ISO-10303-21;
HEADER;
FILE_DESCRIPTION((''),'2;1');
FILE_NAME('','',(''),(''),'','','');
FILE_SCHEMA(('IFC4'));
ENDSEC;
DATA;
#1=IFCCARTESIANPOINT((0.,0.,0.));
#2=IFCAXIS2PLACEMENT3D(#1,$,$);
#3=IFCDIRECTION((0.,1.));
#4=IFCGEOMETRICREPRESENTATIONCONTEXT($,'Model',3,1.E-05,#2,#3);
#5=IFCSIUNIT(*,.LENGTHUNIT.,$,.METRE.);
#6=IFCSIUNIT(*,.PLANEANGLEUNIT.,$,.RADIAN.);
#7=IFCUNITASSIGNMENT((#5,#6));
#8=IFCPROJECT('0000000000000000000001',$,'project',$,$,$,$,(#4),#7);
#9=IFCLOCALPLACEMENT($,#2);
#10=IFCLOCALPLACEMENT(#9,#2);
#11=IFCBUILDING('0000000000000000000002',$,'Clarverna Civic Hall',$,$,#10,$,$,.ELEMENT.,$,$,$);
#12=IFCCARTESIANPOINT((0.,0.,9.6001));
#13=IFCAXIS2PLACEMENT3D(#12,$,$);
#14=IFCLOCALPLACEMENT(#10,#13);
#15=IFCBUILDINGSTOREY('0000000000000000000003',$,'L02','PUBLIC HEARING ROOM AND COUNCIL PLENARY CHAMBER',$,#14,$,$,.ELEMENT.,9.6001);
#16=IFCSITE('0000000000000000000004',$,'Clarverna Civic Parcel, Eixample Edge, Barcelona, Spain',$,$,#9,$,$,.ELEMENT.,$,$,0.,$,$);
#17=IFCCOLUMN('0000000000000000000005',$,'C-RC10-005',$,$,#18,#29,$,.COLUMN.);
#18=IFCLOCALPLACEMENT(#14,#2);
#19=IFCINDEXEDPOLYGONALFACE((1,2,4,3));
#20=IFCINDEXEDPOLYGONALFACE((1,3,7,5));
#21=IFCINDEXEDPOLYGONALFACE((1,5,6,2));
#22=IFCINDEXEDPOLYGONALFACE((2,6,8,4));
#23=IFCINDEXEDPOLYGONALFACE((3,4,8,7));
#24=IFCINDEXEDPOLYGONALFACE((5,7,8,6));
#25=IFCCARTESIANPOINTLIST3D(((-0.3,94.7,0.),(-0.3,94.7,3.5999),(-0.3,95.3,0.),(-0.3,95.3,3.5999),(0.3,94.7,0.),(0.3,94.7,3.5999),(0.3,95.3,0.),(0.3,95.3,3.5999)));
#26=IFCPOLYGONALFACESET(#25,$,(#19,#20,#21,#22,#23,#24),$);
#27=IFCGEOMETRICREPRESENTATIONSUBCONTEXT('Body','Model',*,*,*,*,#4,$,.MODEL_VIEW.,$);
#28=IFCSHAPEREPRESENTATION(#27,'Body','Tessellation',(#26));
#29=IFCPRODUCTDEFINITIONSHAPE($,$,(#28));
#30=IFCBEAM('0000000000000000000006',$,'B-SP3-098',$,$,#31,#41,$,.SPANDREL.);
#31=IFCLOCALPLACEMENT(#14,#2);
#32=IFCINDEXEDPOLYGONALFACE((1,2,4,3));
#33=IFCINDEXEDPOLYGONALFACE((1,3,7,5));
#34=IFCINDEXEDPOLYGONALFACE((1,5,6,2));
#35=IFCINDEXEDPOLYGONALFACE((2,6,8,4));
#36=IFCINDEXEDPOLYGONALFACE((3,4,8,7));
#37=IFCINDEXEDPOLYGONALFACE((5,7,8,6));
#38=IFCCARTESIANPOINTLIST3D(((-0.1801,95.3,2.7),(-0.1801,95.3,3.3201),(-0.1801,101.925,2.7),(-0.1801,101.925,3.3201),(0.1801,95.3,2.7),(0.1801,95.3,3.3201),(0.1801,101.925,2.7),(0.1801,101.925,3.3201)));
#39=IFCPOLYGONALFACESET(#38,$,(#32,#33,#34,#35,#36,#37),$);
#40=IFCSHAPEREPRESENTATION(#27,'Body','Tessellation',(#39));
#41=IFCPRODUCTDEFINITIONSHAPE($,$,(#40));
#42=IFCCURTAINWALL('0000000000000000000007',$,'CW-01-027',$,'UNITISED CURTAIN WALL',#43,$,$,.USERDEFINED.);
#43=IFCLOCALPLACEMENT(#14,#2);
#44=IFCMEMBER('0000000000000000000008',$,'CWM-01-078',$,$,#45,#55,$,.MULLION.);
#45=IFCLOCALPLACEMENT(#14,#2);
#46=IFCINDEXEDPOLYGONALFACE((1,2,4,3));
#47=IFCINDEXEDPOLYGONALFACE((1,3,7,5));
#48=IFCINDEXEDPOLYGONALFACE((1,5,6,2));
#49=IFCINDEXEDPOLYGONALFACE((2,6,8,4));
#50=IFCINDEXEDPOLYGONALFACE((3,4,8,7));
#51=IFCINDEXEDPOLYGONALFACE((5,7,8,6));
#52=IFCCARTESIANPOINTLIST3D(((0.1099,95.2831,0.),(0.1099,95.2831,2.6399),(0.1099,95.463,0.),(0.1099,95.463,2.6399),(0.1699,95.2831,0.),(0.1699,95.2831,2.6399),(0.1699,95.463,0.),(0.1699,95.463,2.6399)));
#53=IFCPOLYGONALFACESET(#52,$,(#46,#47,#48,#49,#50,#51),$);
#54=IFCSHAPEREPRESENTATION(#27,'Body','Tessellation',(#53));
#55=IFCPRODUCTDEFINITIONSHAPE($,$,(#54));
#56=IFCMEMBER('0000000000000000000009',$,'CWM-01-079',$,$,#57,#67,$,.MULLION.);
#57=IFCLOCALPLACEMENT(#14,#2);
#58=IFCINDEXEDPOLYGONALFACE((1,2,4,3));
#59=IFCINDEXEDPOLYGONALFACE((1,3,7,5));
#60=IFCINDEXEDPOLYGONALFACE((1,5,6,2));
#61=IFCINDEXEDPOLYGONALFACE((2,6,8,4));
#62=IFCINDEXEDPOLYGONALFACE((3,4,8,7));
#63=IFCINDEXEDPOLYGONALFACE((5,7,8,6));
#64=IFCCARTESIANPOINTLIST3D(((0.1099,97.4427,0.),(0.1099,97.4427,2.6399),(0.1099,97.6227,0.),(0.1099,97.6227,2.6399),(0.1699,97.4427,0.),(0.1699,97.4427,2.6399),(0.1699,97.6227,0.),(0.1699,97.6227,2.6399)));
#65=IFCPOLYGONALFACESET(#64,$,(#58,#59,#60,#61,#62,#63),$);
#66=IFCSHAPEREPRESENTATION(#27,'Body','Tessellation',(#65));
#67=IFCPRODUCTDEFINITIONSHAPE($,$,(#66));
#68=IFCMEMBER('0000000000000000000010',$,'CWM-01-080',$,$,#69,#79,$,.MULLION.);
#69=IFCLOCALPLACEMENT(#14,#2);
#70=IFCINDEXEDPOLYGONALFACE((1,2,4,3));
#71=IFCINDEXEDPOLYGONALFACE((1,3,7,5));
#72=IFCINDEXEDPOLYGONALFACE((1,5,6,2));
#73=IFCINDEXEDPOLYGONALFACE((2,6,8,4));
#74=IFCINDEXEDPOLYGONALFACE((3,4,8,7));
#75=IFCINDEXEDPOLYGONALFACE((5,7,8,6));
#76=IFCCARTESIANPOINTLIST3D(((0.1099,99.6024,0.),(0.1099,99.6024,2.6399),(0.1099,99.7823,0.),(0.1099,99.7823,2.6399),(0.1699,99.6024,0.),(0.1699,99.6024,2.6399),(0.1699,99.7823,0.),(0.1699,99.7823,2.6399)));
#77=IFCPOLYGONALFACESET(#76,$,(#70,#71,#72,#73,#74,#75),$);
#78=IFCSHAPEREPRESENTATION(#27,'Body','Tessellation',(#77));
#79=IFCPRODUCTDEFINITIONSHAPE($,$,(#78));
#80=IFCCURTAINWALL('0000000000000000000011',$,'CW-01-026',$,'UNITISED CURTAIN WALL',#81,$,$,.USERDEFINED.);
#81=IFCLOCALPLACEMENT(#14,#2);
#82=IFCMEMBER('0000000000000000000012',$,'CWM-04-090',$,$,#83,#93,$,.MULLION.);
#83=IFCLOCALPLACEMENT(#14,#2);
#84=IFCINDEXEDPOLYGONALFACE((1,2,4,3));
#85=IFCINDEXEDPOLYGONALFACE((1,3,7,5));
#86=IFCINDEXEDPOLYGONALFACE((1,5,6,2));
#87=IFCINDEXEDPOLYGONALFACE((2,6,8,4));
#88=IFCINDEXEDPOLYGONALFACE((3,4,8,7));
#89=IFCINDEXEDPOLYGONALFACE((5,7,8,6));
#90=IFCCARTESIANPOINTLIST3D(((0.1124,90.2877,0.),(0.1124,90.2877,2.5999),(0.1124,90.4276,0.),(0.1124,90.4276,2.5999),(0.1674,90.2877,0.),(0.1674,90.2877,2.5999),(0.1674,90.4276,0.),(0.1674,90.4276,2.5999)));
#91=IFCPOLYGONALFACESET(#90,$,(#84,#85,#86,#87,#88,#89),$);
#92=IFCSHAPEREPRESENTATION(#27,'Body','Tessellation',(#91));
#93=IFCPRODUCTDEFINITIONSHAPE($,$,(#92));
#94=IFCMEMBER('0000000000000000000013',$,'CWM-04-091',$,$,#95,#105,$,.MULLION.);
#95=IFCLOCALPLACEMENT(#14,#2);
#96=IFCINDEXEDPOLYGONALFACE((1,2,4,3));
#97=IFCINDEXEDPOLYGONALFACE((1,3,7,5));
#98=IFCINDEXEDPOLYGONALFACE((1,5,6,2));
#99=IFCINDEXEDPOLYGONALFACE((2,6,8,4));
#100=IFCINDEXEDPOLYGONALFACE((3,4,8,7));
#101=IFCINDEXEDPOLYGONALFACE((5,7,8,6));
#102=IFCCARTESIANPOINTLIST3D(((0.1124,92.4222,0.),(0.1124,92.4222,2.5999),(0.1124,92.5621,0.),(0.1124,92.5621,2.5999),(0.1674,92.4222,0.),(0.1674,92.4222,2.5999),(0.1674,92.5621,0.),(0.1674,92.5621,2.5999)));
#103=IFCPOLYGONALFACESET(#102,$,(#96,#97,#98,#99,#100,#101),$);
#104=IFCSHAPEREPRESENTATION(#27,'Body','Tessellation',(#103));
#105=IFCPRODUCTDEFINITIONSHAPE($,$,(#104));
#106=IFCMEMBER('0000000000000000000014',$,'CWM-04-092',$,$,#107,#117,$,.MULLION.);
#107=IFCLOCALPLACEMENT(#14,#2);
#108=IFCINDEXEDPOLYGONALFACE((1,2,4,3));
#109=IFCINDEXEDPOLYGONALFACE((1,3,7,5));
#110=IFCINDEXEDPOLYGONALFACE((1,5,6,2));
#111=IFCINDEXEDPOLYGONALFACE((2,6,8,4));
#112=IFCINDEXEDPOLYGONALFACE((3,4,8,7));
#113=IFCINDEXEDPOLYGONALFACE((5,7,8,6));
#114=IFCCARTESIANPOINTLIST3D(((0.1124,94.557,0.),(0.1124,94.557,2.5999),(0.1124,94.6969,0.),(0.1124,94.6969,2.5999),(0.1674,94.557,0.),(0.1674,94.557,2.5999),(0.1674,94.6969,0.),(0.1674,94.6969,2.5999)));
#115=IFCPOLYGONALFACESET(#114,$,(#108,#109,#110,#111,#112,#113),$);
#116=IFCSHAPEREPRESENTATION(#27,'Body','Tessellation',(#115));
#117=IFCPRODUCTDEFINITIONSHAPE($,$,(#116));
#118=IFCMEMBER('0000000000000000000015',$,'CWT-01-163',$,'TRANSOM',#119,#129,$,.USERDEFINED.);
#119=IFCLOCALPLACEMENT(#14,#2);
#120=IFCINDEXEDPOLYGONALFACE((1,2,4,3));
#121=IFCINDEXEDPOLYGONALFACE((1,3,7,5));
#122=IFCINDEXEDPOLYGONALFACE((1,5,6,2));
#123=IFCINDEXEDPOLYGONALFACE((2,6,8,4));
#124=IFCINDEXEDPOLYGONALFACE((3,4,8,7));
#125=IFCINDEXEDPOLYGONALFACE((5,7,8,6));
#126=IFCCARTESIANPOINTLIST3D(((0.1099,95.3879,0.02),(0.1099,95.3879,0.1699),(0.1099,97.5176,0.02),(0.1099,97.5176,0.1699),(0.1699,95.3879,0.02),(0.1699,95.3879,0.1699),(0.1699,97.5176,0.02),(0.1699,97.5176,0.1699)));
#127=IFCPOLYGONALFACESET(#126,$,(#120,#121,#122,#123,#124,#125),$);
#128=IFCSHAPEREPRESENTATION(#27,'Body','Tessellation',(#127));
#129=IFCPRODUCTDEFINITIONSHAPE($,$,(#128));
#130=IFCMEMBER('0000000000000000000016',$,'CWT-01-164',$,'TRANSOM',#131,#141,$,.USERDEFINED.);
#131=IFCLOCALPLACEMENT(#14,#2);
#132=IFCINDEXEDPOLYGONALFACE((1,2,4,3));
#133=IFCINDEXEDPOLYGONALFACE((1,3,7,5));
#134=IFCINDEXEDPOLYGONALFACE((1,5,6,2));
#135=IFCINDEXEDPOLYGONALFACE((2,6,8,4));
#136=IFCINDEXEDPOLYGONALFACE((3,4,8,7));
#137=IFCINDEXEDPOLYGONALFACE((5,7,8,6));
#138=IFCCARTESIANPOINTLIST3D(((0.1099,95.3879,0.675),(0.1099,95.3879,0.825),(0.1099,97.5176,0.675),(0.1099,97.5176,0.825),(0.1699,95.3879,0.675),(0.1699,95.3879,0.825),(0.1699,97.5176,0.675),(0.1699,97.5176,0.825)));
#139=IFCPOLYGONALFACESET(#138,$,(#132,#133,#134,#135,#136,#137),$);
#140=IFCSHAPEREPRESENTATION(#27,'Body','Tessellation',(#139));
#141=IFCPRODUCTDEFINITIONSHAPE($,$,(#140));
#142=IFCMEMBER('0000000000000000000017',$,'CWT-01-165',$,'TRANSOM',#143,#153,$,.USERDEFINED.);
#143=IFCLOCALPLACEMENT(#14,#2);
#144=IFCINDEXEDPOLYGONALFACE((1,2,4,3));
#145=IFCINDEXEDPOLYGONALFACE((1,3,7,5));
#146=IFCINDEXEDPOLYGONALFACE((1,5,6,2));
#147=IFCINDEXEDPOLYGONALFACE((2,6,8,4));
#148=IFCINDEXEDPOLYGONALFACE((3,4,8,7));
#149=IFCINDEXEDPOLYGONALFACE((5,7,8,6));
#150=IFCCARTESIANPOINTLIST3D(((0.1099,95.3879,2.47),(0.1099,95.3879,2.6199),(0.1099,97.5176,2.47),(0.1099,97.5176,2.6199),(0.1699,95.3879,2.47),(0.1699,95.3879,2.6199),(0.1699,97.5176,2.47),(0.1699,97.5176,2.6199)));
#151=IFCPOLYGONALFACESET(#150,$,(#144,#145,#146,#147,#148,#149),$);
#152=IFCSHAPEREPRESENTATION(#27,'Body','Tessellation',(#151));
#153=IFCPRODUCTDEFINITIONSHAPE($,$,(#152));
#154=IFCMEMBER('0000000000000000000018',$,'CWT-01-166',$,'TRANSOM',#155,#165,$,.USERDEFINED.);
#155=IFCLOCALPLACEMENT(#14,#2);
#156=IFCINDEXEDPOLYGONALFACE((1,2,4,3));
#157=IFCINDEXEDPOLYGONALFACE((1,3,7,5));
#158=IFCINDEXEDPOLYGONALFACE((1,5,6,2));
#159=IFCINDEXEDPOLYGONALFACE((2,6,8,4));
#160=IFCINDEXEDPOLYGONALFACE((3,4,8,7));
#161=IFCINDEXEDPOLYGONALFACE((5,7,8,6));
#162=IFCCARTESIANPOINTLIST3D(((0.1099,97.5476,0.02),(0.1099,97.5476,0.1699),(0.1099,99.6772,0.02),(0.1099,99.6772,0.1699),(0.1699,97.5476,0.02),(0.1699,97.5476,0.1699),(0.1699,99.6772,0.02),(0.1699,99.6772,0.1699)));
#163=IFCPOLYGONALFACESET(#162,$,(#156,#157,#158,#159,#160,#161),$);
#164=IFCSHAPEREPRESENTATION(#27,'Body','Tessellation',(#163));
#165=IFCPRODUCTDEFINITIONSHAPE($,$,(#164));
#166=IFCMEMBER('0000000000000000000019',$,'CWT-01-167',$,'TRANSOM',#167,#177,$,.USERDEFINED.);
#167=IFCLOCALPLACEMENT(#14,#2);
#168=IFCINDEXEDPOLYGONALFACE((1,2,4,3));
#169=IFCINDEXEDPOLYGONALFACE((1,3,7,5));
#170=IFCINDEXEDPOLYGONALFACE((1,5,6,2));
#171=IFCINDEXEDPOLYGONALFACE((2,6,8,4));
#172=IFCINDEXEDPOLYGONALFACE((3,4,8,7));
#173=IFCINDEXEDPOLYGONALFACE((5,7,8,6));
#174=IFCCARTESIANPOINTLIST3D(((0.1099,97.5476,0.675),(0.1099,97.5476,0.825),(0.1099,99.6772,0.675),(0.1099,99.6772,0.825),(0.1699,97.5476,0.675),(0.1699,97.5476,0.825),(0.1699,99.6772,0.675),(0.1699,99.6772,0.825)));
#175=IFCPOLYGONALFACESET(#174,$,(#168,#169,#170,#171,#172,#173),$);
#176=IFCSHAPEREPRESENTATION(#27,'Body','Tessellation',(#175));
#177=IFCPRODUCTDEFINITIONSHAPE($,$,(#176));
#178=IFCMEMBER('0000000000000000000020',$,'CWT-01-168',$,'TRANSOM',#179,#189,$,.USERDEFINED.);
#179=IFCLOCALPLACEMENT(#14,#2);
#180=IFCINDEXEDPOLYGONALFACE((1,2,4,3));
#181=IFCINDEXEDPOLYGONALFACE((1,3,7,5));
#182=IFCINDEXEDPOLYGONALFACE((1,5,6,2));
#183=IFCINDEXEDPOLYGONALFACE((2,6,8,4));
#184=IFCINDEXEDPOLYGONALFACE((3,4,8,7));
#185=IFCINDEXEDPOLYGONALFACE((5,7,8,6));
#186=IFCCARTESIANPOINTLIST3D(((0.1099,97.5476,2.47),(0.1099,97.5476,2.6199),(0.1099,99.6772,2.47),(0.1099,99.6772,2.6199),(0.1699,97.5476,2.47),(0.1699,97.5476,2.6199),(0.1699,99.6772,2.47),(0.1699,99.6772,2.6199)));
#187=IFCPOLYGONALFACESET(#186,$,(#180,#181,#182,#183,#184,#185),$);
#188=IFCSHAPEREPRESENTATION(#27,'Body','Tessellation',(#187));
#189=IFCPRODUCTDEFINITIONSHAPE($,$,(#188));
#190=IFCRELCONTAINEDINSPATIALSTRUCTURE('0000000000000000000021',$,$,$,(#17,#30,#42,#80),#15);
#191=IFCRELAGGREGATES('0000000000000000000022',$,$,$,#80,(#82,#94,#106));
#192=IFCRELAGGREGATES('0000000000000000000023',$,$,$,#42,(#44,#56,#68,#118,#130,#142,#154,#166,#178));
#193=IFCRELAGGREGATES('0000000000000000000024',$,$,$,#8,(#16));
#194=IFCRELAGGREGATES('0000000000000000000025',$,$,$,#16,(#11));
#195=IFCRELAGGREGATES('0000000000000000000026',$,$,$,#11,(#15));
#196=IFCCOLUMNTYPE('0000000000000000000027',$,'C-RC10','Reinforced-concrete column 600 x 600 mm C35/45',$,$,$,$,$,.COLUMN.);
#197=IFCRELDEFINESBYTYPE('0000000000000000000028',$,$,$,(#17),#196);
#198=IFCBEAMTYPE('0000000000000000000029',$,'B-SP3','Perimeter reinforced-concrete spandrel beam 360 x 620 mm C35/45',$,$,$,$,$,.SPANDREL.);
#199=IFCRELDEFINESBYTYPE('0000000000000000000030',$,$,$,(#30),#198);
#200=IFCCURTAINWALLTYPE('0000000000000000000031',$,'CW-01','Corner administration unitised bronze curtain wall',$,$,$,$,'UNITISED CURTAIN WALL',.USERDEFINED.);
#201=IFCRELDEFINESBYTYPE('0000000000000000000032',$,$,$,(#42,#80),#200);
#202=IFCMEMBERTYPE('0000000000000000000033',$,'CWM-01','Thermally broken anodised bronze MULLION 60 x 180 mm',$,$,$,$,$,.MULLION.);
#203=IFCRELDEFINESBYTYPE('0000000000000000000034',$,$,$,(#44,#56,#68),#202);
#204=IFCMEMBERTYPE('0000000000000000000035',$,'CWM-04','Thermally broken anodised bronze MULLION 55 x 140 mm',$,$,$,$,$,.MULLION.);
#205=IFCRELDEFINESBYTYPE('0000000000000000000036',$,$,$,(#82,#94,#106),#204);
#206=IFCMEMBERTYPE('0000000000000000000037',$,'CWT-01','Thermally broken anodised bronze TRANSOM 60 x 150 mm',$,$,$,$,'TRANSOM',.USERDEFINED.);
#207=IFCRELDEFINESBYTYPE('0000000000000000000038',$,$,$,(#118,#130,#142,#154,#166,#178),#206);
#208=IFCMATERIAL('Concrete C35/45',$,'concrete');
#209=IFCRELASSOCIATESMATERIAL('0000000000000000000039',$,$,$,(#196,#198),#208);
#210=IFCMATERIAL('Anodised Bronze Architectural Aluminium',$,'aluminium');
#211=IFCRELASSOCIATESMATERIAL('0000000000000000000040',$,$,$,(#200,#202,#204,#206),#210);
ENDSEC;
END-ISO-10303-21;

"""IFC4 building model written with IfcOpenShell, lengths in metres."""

from ifc_helpers import new_model, si_unit, direction, frame, origin, origin_2d, place, context, subcontext, project, spatial, rectangle, extrude, material, material_profile, profile_set, type_object, element, aggregate, save


model = new_model("IFC4")

# Units and contexts
model_context = context("Model", 3, precision=1e-05, world=origin(), true_north=direction((0.0, 1.0)))
body_context = subcontext(model_context, "Body", "Model", "MODEL_VIEW")
ifc_project = project(units=[si_unit("LENGTHUNIT", "METRE"), si_unit("PLANEANGLEUNIT", "RADIAN")], contexts=[model_context])

# Site, building, storey
site_placement = place(None, origin())
site = spatial("IfcSite", under=ifc_project, at=site_placement, Name="Clarverna Civic Parcel, Eixample Edge, Barcelona, Spain", CompositionType="ELEMENT", RefElevation=0.0)
building_placement = place(site_placement, origin())
building = spatial("IfcBuilding", under=site, at=building_placement, Name="Clarverna Civic Hall", CompositionType="ELEMENT")
storey_placement = place(building_placement, frame((0.0, 0.0, 9.6001)))
storey = spatial("IfcBuildingStorey", under=building, at=storey_placement, Name="L02", Description="PUBLIC HEARING ROOM AND COUNCIL PLENARY CHAMBER", CompositionType="ELEMENT", Elevation=9.6001)

# Column
ifc_material_1 = material(Name="Concrete C35/45", Category="concrete")
ifc_material_profile_1 = material_profile(ifc_material_1, rectangle(XDim=0.6001, YDim=0.6001, at=origin_2d()), Name="RC 600x600")
ifc_profile_set_1 = profile_set([ifc_material_profile_1], Name="Concrete C35/45")
column_type = type_object("IfcColumnType", Name="C-RC10", Description="Reinforced-concrete column 600 x 600 mm C35/45", PredefinedType="COLUMN", material=ifc_profile_set_1)
column_placement = place(storey_placement, frame((0.0, 95.0, 0.0), z_axis=(0.0, 0.0, 1.0), x_axis=(1.0, 0.0, 0.0)))
element("IfcColumn", 1, at=column_placement, inside=storey, type_object=column_type, Name="C-RC10-005", PredefinedType="COLUMN", context=body_context, shape_type="SweptSolid", body=[
    extrude(rectangle(XDim=0.6001, YDim=0.6001, at=origin_2d()), origin(), (0.0, 0.0, 1.0), 3.5999),
])

# Beam
ifc_material_profile_2 = material_profile(ifc_material_1, rectangle(XDim=0.3601, YDim=0.6201, at=origin_2d()), Name="RC 360x620")
ifc_profile_set_2 = profile_set([ifc_material_profile_2], Name="Concrete C35/45")
beam_type = type_object("IfcBeamType", Name="B-SP3", Description="Perimeter reinforced-concrete spandrel beam 360 x 620 mm C35/45", PredefinedType="SPANDREL", material=ifc_profile_set_2)
beam_placement = place(storey_placement, frame((0.0, 95.3, 3.01), z_axis=(0.0, 1.0, 0.0), x_axis=(-1.0, 0.0, 0.0)))
element("IfcBeam", 2, at=beam_placement, inside=storey, type_object=beam_type, Name="B-SP3-098", PredefinedType="SPANDREL", context=body_context, shape_type="SweptSolid", body=[
    extrude(rectangle(XDim=0.3601, YDim=0.6201, at=origin_2d()), origin(), (0.0, 0.0, 1.0), 6.625),
])

# Curtain walls, members
ifc_material_2 = material(Name="Anodised Bronze Architectural Aluminium", Category="aluminium")
curtain_wall_type = type_object("IfcCurtainWallType", Name="CW-01", Description="Corner administration unitised bronze curtain wall", ElementType="UNITISED CURTAIN WALL", PredefinedType="USERDEFINED", material=ifc_material_2)
curtain_wall_1_placement = place(storey_placement, origin())
curtain_wall_1 = element("IfcCurtainWall", 3, at=curtain_wall_1_placement, inside=storey, type_object=curtain_wall_type, Name="CW-01-027", ObjectType="UNITISED CURTAIN WALL", PredefinedType="USERDEFINED")
ifc_material_profile_3 = material_profile(ifc_material_2, rectangle(XDim=0.0601, YDim=0.1799, at=origin_2d()), Name="BRONZE 60x180")
ifc_profile_set_3 = profile_set([ifc_material_profile_3], Name="Anodised Bronze Architectural Aluminium")
member_type_1 = type_object("IfcMemberType", Name="CWM-01", Description="Thermally broken anodised bronze MULLION 60 x 180 mm", PredefinedType="MULLION", material=ifc_profile_set_3)
member_1_placement = place(storey_placement, frame((0.1399, 95.373, 0.0), z_axis=(0.0, 0.0, 1.0), x_axis=(1.0, 0.0, 0.0)))
member_1 = element("IfcMember", 4, at=member_1_placement, type_object=member_type_1, Name="CWM-01-078", PredefinedType="MULLION", context=body_context, shape_type="SweptSolid", body=[
    extrude(rectangle(XDim=0.0601, YDim=0.1799, at=origin_2d()), origin(), (0.0, 0.0, 1.0), 2.6399),
])
member_2_placement = place(storey_placement, frame((0.1399, 97.5327, 0.0), z_axis=(0.0, 0.0, 1.0), x_axis=(1.0, 0.0, 0.0)))
member_2 = element("IfcMember", 5, at=member_2_placement, type_object=member_type_1, Name="CWM-01-079", PredefinedType="MULLION", context=body_context, shape_type="SweptSolid", body=[
    extrude(rectangle(XDim=0.0601, YDim=0.1799, at=origin_2d()), origin(), (0.0, 0.0, 1.0), 2.6399),
])
member_3_placement = place(storey_placement, frame((0.1399, 99.6924, 0.0), z_axis=(0.0, 0.0, 1.0), x_axis=(1.0, 0.0, 0.0)))
member_3 = element("IfcMember", 6, at=member_3_placement, type_object=member_type_1, Name="CWM-01-080", PredefinedType="MULLION", context=body_context, shape_type="SweptSolid", body=[
    extrude(rectangle(XDim=0.0601, YDim=0.1799, at=origin_2d()), origin(), (0.0, 0.0, 1.0), 2.6399),
])
curtain_wall_2_placement = place(storey_placement, origin())
curtain_wall_2 = element("IfcCurtainWall", 7, at=curtain_wall_2_placement, inside=storey, type_object=curtain_wall_type, Name="CW-01-026", ObjectType="UNITISED CURTAIN WALL", PredefinedType="USERDEFINED")
ifc_material_profile_4 = material_profile(ifc_material_2, rectangle(XDim=0.0549, YDim=0.1399, at=origin_2d()), Name="BRONZE 55x140")
ifc_profile_set_4 = profile_set([ifc_material_profile_4], Name="Anodised Bronze Architectural Aluminium")
member_type_2 = type_object("IfcMemberType", Name="CWM-04", Description="Thermally broken anodised bronze MULLION 55 x 140 mm", PredefinedType="MULLION", material=ifc_profile_set_4)
member_4_placement = place(storey_placement, frame((0.1399, 90.3577, 0.0), z_axis=(0.0, 0.0, 1.0), x_axis=(1.0, 0.0, 0.0)))
member_4 = element("IfcMember", 8, at=member_4_placement, type_object=member_type_2, Name="CWM-04-090", PredefinedType="MULLION", context=body_context, shape_type="SweptSolid", body=[
    extrude(rectangle(XDim=0.0549, YDim=0.1399, at=origin_2d()), origin(), (0.0, 0.0, 1.0), 2.5999),
])
member_5_placement = place(storey_placement, frame((0.1399, 92.4922, 0.0), z_axis=(0.0, 0.0, 1.0), x_axis=(1.0, 0.0, 0.0)))
member_5 = element("IfcMember", 9, at=member_5_placement, type_object=member_type_2, Name="CWM-04-091", PredefinedType="MULLION", context=body_context, shape_type="SweptSolid", body=[
    extrude(rectangle(XDim=0.0549, YDim=0.1399, at=origin_2d()), origin(), (0.0, 0.0, 1.0), 2.5999),
])
member_6_placement = place(storey_placement, frame((0.1399, 94.627, 0.0), z_axis=(0.0, 0.0, 1.0), x_axis=(1.0, 0.0, 0.0)))
member_6 = element("IfcMember", 10, at=member_6_placement, type_object=member_type_2, Name="CWM-04-092", PredefinedType="MULLION", context=body_context, shape_type="SweptSolid", body=[
    extrude(rectangle(XDim=0.0549, YDim=0.1399, at=origin_2d()), origin(), (0.0, 0.0, 1.0), 2.5999),
])

# Members
ifc_material_profile_5 = material_profile(ifc_material_2, rectangle(XDim=0.0601, YDim=0.1499, at=origin_2d()), Name="BRONZE 60x150")
ifc_profile_set_5 = profile_set([ifc_material_profile_5], Name="Anodised Bronze Architectural Aluminium")
member_type_3 = type_object("IfcMemberType", Name="CWT-01", Description="Thermally broken anodised bronze TRANSOM 60 x 150 mm", ElementType="TRANSOM", PredefinedType="USERDEFINED", material=ifc_profile_set_5)
member_7_placement = place(storey_placement, frame((0.1399, 95.3879, 0.095), z_axis=(0.0, 1.0, 0.0), x_axis=(-1.0, 0.0, 0.0)))
member_7 = element("IfcMember", 11, at=member_7_placement, type_object=member_type_3, Name="CWT-01-163", ObjectType="TRANSOM", PredefinedType="USERDEFINED", context=body_context, shape_type="SweptSolid", body=[
    extrude(rectangle(XDim=0.0601, YDim=0.1499, at=origin_2d()), origin(), (0.0, 0.0, 1.0), 2.1296),
])
member_8_placement = place(storey_placement, frame((0.1399, 95.3879, 0.75), z_axis=(0.0, 1.0, 0.0), x_axis=(-1.0, 0.0, 0.0)))
member_8 = element("IfcMember", 12, at=member_8_placement, type_object=member_type_3, Name="CWT-01-164", ObjectType="TRANSOM", PredefinedType="USERDEFINED", context=body_context, shape_type="SweptSolid", body=[
    extrude(rectangle(XDim=0.0601, YDim=0.1499, at=origin_2d()), origin(), (0.0, 0.0, 1.0), 2.1296),
])
member_9_placement = place(storey_placement, frame((0.1399, 95.3879, 2.5449), z_axis=(0.0, 1.0, 0.0), x_axis=(-1.0, 0.0, 0.0)))
member_9 = element("IfcMember", 13, at=member_9_placement, type_object=member_type_3, Name="CWT-01-165", ObjectType="TRANSOM", PredefinedType="USERDEFINED", context=body_context, shape_type="SweptSolid", body=[
    extrude(rectangle(XDim=0.0601, YDim=0.1499, at=origin_2d()), origin(), (0.0, 0.0, 1.0), 2.1296),
])
member_10_placement = place(storey_placement, frame((0.1399, 97.5476, 0.095), z_axis=(0.0, 1.0, 0.0), x_axis=(-1.0, 0.0, 0.0)))
member_10 = element("IfcMember", 14, at=member_10_placement, type_object=member_type_3, Name="CWT-01-166", ObjectType="TRANSOM", PredefinedType="USERDEFINED", context=body_context, shape_type="SweptSolid", body=[
    extrude(rectangle(XDim=0.0601, YDim=0.1499, at=origin_2d()), origin(), (0.0, 0.0, 1.0), 2.1296),
])
member_11_placement = place(storey_placement, frame((0.1399, 97.5476, 0.75), z_axis=(0.0, 1.0, 0.0), x_axis=(-1.0, 0.0, 0.0)))
member_11 = element("IfcMember", 15, at=member_11_placement, type_object=member_type_3, Name="CWT-01-167", ObjectType="TRANSOM", PredefinedType="USERDEFINED", context=body_context, shape_type="SweptSolid", body=[
    extrude(rectangle(XDim=0.0601, YDim=0.1499, at=origin_2d()), origin(), (0.0, 0.0, 1.0), 2.1296),
])
member_12_placement = place(storey_placement, frame((0.1399, 97.5476, 2.5449), z_axis=(0.0, 1.0, 0.0), x_axis=(-1.0, 0.0, 0.0)))
member_12 = element("IfcMember", 16, at=member_12_placement, type_object=member_type_3, Name="CWT-01-168", ObjectType="TRANSOM", PredefinedType="USERDEFINED", context=body_context, shape_type="SweptSolid", body=[
    extrude(rectangle(XDim=0.0601, YDim=0.1499, at=origin_2d()), origin(), (0.0, 0.0, 1.0), 2.1296),
])

aggregate(curtain_wall_2, [member_4, member_5, member_6])
aggregate(curtain_wall_1, [member_1, member_2, member_3, member_7, member_8, member_9, member_10, member_11, member_12])

save(model, "model.ifc")
